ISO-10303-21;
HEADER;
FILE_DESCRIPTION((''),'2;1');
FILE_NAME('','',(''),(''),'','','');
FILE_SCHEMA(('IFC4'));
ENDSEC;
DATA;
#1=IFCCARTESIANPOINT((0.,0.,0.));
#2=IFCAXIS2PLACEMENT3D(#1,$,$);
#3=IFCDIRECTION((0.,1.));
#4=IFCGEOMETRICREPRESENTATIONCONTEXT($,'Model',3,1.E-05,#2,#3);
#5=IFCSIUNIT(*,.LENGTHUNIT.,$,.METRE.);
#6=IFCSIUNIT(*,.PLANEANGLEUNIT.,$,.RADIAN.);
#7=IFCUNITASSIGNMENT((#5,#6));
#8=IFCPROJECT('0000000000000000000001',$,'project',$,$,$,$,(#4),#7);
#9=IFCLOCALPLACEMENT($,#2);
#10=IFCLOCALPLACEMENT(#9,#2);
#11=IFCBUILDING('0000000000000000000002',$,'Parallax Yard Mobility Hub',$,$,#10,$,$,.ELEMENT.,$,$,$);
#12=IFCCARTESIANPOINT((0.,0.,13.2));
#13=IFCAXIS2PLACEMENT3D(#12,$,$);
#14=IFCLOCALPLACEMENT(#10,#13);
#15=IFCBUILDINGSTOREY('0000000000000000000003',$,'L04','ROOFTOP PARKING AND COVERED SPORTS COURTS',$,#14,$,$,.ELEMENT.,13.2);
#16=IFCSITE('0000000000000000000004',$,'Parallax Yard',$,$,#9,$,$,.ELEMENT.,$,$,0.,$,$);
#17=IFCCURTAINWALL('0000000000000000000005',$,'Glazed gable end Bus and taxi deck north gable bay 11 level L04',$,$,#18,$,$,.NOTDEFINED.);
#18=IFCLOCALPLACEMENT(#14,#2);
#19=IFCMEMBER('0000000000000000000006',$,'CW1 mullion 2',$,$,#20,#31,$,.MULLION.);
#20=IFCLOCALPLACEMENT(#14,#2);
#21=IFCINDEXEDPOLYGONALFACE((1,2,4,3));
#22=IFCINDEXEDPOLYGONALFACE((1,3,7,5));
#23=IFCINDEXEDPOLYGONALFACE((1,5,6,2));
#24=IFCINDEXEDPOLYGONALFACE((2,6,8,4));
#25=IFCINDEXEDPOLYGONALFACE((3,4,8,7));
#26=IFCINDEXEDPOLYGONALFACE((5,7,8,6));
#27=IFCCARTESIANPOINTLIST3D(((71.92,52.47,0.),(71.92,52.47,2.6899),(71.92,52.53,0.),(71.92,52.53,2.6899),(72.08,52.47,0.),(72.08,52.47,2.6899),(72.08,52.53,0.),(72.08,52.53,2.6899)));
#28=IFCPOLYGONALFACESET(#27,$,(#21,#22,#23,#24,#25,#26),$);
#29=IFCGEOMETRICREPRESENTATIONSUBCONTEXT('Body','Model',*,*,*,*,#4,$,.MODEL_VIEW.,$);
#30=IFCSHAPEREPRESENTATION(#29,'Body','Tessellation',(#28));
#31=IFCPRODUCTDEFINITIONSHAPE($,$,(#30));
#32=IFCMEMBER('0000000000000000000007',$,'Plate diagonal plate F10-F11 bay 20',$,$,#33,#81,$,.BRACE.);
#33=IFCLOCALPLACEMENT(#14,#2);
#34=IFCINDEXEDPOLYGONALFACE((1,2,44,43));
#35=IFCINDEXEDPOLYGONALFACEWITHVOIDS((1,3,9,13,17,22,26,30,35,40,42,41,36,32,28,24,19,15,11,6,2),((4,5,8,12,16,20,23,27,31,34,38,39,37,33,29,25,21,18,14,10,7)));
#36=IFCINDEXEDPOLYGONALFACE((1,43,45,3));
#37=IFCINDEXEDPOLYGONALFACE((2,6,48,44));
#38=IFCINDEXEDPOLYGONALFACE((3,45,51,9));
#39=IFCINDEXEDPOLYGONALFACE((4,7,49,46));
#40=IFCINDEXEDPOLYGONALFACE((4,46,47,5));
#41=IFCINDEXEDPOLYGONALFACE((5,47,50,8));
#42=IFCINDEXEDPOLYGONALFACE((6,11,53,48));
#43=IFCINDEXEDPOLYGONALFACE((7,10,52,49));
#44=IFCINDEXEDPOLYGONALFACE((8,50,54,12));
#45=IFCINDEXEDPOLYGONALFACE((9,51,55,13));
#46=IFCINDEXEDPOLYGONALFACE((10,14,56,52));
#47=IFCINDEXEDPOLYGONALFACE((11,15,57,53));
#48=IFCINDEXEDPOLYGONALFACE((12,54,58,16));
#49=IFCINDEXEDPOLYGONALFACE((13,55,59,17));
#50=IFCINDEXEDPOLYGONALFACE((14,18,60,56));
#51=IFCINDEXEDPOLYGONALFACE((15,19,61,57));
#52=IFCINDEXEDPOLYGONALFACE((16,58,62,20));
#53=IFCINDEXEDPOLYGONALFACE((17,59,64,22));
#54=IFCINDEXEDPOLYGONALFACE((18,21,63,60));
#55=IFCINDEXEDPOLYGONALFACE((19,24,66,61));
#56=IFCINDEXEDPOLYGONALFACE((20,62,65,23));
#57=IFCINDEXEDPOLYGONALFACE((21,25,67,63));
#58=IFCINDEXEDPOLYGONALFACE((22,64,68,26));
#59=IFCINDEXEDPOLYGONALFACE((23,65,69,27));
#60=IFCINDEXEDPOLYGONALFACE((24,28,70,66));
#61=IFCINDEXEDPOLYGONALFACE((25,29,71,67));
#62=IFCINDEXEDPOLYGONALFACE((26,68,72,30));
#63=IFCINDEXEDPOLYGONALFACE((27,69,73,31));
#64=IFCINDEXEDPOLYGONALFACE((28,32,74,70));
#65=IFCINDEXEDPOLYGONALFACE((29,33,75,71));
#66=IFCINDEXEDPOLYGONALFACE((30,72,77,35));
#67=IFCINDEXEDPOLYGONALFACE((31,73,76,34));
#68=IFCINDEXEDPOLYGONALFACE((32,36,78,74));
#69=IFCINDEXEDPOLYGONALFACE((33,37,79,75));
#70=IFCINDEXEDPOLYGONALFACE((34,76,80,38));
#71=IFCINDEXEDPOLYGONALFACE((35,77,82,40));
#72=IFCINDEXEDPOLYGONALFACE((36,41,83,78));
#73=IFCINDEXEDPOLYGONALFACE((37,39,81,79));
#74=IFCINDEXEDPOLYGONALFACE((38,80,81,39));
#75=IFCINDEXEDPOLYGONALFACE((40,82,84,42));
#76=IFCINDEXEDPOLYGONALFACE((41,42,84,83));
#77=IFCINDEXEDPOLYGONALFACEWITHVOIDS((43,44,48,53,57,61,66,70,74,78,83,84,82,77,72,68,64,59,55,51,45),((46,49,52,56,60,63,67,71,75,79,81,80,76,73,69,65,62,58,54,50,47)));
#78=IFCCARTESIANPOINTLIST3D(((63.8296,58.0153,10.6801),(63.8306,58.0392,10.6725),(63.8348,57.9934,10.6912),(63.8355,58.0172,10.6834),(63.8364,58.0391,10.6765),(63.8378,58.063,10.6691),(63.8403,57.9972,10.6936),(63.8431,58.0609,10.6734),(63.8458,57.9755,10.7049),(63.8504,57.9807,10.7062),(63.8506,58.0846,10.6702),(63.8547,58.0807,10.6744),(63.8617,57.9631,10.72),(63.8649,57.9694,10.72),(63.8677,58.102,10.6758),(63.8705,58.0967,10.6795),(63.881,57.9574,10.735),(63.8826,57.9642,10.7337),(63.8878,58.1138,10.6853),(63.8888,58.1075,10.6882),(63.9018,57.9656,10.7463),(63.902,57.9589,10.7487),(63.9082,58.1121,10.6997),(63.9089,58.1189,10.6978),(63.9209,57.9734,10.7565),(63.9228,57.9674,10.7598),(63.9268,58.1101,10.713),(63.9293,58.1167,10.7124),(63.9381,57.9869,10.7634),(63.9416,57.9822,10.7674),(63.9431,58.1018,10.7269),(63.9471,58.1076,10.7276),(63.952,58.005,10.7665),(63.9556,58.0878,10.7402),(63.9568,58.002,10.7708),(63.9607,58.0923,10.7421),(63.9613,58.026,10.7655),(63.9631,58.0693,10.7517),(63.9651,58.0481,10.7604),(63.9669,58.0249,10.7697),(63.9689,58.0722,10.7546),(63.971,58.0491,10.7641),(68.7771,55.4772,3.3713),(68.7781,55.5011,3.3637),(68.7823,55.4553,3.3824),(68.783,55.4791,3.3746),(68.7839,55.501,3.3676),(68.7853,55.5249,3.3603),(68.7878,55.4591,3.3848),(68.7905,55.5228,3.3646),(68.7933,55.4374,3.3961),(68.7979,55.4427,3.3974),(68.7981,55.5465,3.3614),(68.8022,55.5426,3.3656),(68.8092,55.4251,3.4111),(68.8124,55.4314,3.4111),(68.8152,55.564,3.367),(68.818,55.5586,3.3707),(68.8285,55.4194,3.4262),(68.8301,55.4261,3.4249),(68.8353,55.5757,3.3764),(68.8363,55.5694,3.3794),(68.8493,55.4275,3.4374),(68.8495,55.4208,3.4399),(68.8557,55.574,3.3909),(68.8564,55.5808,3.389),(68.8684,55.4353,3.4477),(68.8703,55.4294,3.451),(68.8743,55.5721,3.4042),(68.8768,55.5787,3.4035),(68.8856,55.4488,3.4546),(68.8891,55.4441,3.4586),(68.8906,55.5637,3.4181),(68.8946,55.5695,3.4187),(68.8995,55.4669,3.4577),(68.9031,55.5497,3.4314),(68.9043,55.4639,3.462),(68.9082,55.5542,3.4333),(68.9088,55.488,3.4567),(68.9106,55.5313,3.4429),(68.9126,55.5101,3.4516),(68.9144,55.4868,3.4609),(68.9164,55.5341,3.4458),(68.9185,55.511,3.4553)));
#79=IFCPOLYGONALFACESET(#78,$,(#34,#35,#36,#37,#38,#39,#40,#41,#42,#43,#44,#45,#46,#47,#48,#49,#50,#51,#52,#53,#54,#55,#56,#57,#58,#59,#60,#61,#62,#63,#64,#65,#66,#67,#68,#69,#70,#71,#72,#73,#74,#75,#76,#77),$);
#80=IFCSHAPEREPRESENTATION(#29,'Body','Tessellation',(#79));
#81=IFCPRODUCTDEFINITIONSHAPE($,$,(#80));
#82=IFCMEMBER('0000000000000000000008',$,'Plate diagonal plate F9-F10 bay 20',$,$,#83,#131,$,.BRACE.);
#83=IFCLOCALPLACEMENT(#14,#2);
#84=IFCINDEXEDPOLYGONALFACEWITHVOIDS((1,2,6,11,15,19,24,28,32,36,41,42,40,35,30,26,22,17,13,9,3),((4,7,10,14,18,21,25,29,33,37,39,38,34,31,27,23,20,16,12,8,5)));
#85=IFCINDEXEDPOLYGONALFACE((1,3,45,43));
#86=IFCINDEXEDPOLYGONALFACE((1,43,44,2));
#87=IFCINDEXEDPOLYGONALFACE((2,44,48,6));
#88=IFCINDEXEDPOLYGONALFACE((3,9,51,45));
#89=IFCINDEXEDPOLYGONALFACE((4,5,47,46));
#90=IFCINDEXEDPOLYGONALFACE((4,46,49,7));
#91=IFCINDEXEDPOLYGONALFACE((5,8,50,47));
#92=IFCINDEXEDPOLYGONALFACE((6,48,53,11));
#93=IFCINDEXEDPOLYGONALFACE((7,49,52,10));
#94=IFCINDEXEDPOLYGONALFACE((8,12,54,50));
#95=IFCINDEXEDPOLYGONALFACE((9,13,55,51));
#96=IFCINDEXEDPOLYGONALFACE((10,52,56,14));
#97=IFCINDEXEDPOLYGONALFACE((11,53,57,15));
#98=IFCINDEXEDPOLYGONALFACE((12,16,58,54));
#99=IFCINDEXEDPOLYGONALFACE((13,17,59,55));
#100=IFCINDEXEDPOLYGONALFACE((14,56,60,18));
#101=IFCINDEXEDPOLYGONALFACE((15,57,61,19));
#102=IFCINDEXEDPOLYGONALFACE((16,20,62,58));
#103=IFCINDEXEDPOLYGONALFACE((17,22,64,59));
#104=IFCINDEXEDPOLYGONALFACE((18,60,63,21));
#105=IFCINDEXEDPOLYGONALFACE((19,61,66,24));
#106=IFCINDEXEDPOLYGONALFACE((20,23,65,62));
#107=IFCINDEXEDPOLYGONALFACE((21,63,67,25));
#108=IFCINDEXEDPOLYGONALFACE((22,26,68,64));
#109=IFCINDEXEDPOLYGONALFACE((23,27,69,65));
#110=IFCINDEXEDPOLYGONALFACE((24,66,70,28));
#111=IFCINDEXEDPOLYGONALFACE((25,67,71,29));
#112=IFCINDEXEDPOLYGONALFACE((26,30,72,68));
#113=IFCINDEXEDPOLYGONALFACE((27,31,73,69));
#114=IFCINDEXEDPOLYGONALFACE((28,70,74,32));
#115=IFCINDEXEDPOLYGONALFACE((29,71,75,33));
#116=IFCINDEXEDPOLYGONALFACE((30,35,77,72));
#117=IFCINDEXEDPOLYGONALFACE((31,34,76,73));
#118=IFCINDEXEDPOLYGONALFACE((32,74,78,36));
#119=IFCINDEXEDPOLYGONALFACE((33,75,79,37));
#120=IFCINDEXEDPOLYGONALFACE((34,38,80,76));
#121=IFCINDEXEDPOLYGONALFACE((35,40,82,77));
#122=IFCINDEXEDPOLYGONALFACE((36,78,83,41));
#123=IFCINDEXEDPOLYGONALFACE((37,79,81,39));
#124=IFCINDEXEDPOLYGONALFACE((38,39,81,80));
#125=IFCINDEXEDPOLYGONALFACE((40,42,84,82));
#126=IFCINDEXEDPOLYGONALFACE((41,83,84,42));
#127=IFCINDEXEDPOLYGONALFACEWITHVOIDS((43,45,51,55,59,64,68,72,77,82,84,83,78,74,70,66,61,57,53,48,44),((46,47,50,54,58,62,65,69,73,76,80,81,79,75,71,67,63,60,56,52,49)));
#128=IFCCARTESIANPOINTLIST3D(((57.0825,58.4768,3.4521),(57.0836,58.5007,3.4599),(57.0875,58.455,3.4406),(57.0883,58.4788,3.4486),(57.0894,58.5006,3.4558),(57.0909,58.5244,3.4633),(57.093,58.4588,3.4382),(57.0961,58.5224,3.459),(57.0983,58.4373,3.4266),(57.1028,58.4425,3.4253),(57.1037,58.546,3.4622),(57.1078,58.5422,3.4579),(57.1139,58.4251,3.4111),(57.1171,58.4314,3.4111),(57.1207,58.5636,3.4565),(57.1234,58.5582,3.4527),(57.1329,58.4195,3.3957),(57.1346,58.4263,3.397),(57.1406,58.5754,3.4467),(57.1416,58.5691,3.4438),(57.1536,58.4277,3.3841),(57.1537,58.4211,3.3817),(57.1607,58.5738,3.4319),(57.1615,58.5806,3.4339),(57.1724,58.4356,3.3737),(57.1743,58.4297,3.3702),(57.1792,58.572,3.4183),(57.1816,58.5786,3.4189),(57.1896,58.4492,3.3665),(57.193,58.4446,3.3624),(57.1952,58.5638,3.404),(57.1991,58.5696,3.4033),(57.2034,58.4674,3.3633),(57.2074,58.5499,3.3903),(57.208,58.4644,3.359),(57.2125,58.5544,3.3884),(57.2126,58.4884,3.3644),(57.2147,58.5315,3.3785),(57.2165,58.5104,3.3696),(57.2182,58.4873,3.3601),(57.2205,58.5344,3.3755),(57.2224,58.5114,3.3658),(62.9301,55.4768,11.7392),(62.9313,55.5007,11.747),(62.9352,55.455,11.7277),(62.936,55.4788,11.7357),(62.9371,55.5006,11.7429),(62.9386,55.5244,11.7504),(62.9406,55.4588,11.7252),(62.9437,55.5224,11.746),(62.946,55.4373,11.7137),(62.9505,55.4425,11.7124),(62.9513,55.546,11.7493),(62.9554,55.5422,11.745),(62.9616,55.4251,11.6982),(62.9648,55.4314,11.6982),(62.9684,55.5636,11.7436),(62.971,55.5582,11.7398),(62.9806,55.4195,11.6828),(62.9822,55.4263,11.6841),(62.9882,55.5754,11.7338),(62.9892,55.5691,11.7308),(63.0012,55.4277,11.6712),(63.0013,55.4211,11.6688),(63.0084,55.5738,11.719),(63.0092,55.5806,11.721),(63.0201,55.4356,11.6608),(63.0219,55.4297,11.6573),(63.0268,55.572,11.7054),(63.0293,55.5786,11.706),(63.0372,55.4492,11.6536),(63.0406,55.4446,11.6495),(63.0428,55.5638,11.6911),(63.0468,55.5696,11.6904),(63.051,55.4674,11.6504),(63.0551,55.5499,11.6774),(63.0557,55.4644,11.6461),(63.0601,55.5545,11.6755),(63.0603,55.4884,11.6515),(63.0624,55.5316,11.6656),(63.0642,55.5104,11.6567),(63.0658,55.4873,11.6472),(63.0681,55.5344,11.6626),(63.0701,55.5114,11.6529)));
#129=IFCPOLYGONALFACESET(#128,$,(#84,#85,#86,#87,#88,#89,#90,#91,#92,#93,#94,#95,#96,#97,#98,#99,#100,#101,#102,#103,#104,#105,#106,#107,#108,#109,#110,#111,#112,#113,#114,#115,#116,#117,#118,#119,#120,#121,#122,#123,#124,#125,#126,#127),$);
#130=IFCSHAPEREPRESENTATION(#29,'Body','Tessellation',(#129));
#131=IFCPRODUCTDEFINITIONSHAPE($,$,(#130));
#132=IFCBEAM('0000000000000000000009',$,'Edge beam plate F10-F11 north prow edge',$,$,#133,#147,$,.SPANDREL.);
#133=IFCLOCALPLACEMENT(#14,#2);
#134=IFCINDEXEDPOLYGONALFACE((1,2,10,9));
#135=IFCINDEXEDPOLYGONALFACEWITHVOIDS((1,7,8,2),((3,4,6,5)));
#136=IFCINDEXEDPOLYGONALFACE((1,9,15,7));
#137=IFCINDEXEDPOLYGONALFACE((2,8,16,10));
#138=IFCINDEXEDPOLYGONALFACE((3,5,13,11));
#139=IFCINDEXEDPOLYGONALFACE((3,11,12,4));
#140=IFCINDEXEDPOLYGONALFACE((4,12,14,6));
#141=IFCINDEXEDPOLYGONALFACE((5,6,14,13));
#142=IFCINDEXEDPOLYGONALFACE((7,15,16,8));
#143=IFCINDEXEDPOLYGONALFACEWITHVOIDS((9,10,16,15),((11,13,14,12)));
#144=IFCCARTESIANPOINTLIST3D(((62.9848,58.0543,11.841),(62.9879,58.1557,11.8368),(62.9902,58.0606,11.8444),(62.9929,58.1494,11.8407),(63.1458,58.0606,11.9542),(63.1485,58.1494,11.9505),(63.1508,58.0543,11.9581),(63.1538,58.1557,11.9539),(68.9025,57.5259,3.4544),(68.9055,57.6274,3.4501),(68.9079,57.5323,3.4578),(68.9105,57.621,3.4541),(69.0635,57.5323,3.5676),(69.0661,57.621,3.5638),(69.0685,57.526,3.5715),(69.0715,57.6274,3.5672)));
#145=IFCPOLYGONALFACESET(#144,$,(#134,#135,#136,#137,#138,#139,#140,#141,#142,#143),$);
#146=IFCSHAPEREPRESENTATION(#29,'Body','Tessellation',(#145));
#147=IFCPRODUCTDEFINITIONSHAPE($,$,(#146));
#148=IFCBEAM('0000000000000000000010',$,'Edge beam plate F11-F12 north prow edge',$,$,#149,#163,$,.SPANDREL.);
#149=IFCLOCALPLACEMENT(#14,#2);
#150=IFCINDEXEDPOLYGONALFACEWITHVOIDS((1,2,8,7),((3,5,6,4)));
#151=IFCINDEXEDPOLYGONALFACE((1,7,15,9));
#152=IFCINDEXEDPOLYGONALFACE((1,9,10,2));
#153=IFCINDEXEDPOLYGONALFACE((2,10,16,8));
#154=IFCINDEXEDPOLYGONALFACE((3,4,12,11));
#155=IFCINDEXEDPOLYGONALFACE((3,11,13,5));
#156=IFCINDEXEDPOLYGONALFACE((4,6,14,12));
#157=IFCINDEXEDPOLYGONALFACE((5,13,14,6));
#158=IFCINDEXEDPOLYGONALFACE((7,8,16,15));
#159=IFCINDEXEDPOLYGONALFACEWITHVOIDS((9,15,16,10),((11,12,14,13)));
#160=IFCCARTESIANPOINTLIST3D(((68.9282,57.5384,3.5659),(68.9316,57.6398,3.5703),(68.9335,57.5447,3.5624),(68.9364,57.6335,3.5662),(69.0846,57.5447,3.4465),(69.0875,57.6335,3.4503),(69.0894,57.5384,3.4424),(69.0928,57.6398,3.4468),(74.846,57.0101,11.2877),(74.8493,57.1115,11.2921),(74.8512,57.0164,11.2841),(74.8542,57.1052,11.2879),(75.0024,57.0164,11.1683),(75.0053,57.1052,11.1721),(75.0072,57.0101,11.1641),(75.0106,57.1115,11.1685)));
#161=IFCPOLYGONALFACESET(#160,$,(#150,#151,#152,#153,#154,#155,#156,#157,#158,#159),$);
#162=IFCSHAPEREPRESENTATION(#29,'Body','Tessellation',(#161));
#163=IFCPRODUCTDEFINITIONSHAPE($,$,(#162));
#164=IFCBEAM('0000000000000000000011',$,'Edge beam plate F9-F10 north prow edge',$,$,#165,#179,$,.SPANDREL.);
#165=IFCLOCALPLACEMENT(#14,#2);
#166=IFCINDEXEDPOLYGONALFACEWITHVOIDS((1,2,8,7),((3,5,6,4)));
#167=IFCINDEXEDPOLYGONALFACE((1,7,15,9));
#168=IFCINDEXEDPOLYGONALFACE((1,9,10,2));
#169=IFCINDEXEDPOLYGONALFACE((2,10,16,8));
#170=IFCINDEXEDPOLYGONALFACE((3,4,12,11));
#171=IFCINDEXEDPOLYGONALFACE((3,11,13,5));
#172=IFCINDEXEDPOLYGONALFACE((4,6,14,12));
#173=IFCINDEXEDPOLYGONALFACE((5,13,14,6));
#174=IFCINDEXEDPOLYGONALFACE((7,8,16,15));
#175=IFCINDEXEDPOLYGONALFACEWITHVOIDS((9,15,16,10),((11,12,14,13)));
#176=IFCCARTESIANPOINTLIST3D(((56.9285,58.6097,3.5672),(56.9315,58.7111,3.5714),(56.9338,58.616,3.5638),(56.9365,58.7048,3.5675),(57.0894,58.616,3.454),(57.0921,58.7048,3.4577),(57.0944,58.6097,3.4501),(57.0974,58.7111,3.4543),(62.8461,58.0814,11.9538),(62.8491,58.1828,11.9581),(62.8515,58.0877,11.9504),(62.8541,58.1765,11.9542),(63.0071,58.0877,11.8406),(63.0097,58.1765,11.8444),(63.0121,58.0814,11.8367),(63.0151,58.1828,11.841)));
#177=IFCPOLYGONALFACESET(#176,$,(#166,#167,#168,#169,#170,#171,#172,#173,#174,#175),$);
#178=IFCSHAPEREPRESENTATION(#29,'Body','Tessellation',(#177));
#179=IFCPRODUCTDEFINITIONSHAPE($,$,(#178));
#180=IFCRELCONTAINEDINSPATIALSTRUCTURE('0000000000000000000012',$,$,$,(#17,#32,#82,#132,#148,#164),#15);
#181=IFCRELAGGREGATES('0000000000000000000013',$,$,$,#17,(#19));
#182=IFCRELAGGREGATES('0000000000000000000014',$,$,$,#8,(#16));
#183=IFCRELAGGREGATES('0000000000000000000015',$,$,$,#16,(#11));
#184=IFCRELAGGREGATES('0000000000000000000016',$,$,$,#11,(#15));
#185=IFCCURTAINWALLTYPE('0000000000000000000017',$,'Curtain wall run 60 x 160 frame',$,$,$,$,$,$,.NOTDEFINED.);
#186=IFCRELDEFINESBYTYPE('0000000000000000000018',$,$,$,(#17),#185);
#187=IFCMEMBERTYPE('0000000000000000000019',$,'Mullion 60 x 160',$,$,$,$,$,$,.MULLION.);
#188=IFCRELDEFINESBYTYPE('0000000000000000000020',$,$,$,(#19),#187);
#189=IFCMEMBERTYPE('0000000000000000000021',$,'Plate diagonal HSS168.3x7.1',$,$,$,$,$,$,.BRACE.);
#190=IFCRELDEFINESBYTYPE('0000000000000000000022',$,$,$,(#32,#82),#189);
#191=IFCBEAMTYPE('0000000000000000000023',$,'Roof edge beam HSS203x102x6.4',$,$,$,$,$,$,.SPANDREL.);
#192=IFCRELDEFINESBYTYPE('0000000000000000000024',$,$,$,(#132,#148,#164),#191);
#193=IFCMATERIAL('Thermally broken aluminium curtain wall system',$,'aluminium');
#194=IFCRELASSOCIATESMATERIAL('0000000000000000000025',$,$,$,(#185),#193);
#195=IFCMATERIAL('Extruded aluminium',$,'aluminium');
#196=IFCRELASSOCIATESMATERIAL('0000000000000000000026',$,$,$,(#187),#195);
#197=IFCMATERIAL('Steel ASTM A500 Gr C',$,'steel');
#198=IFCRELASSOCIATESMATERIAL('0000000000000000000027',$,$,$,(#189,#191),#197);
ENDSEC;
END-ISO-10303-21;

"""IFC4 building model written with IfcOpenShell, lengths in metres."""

from ifc_helpers import new_model, si_unit, direction, frame, origin, origin_2d, place, context, subcontext, project, spatial, rectangle, hollow_rectangle, hollow_circle, extrude, material, material_profile, profile_set, type_object, element, aggregate, save


model = new_model("IFC4")

# Units and contexts
model_context = context("Model", 3, precision=1e-05, world=origin(), true_north=direction((0.0, 1.0)))
body_context = subcontext(model_context, "Body", "Model", "MODEL_VIEW")
ifc_project = project(units=[si_unit("LENGTHUNIT", "METRE"), si_unit("PLANEANGLEUNIT", "RADIAN")], contexts=[model_context])

# Site, building, storey
site_placement = place(None, origin())
site = spatial("IfcSite", under=ifc_project, at=site_placement, Name="Parallax Yard", CompositionType="ELEMENT", RefElevation=0.0)
building_placement = place(site_placement, origin())
building = spatial("IfcBuilding", under=site, at=building_placement, Name="Parallax Yard Mobility Hub", CompositionType="ELEMENT")
storey_placement = place(building_placement, frame((0.0, 0.0, 13.2)))
storey = spatial("IfcBuildingStorey", under=building, at=storey_placement, Name="L04", Description="ROOFTOP PARKING AND COVERED SPORTS COURTS", CompositionType="ELEMENT", Elevation=13.2)

# Curtain wall, member
ifc_material_1 = material(Name="Thermally broken aluminium curtain wall system", Category="aluminium")
curtain_wall_type = type_object("IfcCurtainWallType", Name="Curtain wall run 60 x 160 frame", PredefinedType="NOTDEFINED", material=ifc_material_1)
curtain_wall_placement = place(storey_placement, origin())
curtain_wall = element("IfcCurtainWall", 1, at=curtain_wall_placement, inside=storey, type_object=curtain_wall_type, Name="Glazed gable end Bus and taxi deck north gable bay 11 level L04", PredefinedType="NOTDEFINED")
ifc_material_2 = material(Name="Extruded aluminium", Category="aluminium")
ifc_material_profile_1 = material_profile(ifc_material_2, rectangle(XDim=0.0601, YDim=0.1599, at=origin_2d()), Name="Mullion 60 x 160")
ifc_profile_set_1 = profile_set([ifc_material_profile_1], Name="Extruded aluminium")
member_type_1 = type_object("IfcMemberType", Name="Mullion 60 x 160", PredefinedType="MULLION", material=ifc_profile_set_1)
member_1_placement = place(storey_placement, frame((72.0, 52.5, 0.0), z_axis=(0.0, 0.0, 1.0), x_axis=(0.0, 1.0, 0.0)))
member_1 = element("IfcMember", 2, at=member_1_placement, type_object=member_type_1, Name="CW1 mullion 2", PredefinedType="MULLION", context=body_context, shape_type="SweptSolid", body=[
    extrude(rectangle(XDim=0.0601, YDim=0.1599, at=origin_2d()), origin(), (0.0, 0.0, 1.0), 2.6899),
])

# Members
ifc_material_3 = material(Name="Steel ASTM A500 Gr C", Category="steel")
ifc_material_profile_2 = material_profile(ifc_material_3, hollow_circle(Radius=0.0842, WallThickness=0.0071, at=origin_2d()), Name="HSS168.3x7.1")
ifc_profile_set_2 = profile_set([ifc_material_profile_2], Name="Steel ASTM A500 Gr C")
member_type_2 = type_object("IfcMemberType", Name="Plate diagonal HSS168.3x7.1", PredefinedType="BRACE", material=ifc_profile_set_2)
member_2_placement = place(storey_placement, frame((68.8477, 55.5, 3.4111), z_axis=(-0.538732, 0.276371, 0.795856), x_axis=(-0.456445, -0.889752, 0.0)))
element("IfcMember", 3, at=member_2_placement, inside=storey, type_object=member_type_2, Name="Plate diagonal plate F10-F11 bay 20", PredefinedType="BRACE", context=body_context, shape_type="SweptSolid", body=[
    extrude(hollow_circle(Radius=0.0842, WallThickness=0.0071, at=origin_2d()), origin(), (0.0, 0.0, 1.0), 9.1836),
])
member_3_placement = place(storey_placement, frame((63.0, 55.5, 11.6982), z_axis=(-0.552869, 0.283636, -0.783509), x_axis=(-0.456461, -0.889743, 0.0)))
element("IfcMember", 4, at=member_3_placement, inside=storey, type_object=member_type_2, Name="Plate diagonal plate F9-F10 bay 20", PredefinedType="BRACE", context=body_context, shape_type="SweptSolid", body=[
    extrude(hollow_circle(Radius=0.0842, WallThickness=0.0071, at=origin_2d()), origin(), (0.0, 0.0, 1.0), 10.5769),
])

# Beams
ifc_material_profile_3 = material_profile(ifc_material_3, hollow_rectangle(XDim=0.1016, YDim=0.2031, WallThickness=0.0063, at=origin_2d()), Name="HSS203x102x6.4")
ifc_profile_set_3 = profile_set([ifc_material_profile_3], Name="Steel ASTM A500 Gr C")
beam_type = type_object("IfcBeamType", Name="Roof edge beam HSS203x102x6.4", PredefinedType="SPANDREL", material=ifc_profile_set_3)
beam_1_placement = place(storey_placement, frame((63.0693, 58.105, 11.8975), z_axis=(0.575771, -0.051403, -0.815994), x_axis=(0.029631, 0.998678, -0.042004)))
element("IfcBeam", 5, at=beam_1_placement, inside=storey, type_object=beam_type, Name="Edge beam plate F10-F11 north prow edge", PredefinedType="SPANDREL", context=body_context, shape_type="SweptSolid", body=[
    extrude(hollow_rectangle(XDim=0.1016, YDim=0.2031, WallThickness=0.0063, at=origin_2d()), origin(), (0.0, 0.0, 1.0), 10.2778),
])
beam_2_placement = place(storey_placement, frame((69.0105, 57.5891, 3.5063), z_axis=(0.607392, -0.054227, 0.792549), x_axis=(0.03298, 0.998529, 0.043044)))
element("IfcBeam", 6, at=beam_2_placement, inside=storey, type_object=beam_type, Name="Edge beam plate F11-F12 north prow edge", PredefinedType="SPANDREL", context=body_context, shape_type="SweptSolid", body=[
    extrude(hollow_rectangle(XDim=0.1016, YDim=0.2031, WallThickness=0.0063, at=origin_2d()), origin(), (0.0, 0.0, 1.0), 9.7429),
])
beam_3_placement = place(storey_placement, frame((57.0129, 58.6604, 3.5107), z_axis=(0.575771, -0.051403, 0.815994), x_axis=(0.029631, 0.998678, 0.042004)))
element("IfcBeam", 7, at=beam_3_placement, inside=storey, type_object=beam_type, Name="Edge beam plate F9-F10 north prow edge", PredefinedType="SPANDREL", context=body_context, shape_type="SweptSolid", body=[
    extrude(hollow_rectangle(XDim=0.1016, YDim=0.2031, WallThickness=0.0063, at=origin_2d()), origin(), (0.0, 0.0, 1.0), 10.2778),
])

aggregate(curtain_wall, [member_1])

save(model, "model.ifc")
